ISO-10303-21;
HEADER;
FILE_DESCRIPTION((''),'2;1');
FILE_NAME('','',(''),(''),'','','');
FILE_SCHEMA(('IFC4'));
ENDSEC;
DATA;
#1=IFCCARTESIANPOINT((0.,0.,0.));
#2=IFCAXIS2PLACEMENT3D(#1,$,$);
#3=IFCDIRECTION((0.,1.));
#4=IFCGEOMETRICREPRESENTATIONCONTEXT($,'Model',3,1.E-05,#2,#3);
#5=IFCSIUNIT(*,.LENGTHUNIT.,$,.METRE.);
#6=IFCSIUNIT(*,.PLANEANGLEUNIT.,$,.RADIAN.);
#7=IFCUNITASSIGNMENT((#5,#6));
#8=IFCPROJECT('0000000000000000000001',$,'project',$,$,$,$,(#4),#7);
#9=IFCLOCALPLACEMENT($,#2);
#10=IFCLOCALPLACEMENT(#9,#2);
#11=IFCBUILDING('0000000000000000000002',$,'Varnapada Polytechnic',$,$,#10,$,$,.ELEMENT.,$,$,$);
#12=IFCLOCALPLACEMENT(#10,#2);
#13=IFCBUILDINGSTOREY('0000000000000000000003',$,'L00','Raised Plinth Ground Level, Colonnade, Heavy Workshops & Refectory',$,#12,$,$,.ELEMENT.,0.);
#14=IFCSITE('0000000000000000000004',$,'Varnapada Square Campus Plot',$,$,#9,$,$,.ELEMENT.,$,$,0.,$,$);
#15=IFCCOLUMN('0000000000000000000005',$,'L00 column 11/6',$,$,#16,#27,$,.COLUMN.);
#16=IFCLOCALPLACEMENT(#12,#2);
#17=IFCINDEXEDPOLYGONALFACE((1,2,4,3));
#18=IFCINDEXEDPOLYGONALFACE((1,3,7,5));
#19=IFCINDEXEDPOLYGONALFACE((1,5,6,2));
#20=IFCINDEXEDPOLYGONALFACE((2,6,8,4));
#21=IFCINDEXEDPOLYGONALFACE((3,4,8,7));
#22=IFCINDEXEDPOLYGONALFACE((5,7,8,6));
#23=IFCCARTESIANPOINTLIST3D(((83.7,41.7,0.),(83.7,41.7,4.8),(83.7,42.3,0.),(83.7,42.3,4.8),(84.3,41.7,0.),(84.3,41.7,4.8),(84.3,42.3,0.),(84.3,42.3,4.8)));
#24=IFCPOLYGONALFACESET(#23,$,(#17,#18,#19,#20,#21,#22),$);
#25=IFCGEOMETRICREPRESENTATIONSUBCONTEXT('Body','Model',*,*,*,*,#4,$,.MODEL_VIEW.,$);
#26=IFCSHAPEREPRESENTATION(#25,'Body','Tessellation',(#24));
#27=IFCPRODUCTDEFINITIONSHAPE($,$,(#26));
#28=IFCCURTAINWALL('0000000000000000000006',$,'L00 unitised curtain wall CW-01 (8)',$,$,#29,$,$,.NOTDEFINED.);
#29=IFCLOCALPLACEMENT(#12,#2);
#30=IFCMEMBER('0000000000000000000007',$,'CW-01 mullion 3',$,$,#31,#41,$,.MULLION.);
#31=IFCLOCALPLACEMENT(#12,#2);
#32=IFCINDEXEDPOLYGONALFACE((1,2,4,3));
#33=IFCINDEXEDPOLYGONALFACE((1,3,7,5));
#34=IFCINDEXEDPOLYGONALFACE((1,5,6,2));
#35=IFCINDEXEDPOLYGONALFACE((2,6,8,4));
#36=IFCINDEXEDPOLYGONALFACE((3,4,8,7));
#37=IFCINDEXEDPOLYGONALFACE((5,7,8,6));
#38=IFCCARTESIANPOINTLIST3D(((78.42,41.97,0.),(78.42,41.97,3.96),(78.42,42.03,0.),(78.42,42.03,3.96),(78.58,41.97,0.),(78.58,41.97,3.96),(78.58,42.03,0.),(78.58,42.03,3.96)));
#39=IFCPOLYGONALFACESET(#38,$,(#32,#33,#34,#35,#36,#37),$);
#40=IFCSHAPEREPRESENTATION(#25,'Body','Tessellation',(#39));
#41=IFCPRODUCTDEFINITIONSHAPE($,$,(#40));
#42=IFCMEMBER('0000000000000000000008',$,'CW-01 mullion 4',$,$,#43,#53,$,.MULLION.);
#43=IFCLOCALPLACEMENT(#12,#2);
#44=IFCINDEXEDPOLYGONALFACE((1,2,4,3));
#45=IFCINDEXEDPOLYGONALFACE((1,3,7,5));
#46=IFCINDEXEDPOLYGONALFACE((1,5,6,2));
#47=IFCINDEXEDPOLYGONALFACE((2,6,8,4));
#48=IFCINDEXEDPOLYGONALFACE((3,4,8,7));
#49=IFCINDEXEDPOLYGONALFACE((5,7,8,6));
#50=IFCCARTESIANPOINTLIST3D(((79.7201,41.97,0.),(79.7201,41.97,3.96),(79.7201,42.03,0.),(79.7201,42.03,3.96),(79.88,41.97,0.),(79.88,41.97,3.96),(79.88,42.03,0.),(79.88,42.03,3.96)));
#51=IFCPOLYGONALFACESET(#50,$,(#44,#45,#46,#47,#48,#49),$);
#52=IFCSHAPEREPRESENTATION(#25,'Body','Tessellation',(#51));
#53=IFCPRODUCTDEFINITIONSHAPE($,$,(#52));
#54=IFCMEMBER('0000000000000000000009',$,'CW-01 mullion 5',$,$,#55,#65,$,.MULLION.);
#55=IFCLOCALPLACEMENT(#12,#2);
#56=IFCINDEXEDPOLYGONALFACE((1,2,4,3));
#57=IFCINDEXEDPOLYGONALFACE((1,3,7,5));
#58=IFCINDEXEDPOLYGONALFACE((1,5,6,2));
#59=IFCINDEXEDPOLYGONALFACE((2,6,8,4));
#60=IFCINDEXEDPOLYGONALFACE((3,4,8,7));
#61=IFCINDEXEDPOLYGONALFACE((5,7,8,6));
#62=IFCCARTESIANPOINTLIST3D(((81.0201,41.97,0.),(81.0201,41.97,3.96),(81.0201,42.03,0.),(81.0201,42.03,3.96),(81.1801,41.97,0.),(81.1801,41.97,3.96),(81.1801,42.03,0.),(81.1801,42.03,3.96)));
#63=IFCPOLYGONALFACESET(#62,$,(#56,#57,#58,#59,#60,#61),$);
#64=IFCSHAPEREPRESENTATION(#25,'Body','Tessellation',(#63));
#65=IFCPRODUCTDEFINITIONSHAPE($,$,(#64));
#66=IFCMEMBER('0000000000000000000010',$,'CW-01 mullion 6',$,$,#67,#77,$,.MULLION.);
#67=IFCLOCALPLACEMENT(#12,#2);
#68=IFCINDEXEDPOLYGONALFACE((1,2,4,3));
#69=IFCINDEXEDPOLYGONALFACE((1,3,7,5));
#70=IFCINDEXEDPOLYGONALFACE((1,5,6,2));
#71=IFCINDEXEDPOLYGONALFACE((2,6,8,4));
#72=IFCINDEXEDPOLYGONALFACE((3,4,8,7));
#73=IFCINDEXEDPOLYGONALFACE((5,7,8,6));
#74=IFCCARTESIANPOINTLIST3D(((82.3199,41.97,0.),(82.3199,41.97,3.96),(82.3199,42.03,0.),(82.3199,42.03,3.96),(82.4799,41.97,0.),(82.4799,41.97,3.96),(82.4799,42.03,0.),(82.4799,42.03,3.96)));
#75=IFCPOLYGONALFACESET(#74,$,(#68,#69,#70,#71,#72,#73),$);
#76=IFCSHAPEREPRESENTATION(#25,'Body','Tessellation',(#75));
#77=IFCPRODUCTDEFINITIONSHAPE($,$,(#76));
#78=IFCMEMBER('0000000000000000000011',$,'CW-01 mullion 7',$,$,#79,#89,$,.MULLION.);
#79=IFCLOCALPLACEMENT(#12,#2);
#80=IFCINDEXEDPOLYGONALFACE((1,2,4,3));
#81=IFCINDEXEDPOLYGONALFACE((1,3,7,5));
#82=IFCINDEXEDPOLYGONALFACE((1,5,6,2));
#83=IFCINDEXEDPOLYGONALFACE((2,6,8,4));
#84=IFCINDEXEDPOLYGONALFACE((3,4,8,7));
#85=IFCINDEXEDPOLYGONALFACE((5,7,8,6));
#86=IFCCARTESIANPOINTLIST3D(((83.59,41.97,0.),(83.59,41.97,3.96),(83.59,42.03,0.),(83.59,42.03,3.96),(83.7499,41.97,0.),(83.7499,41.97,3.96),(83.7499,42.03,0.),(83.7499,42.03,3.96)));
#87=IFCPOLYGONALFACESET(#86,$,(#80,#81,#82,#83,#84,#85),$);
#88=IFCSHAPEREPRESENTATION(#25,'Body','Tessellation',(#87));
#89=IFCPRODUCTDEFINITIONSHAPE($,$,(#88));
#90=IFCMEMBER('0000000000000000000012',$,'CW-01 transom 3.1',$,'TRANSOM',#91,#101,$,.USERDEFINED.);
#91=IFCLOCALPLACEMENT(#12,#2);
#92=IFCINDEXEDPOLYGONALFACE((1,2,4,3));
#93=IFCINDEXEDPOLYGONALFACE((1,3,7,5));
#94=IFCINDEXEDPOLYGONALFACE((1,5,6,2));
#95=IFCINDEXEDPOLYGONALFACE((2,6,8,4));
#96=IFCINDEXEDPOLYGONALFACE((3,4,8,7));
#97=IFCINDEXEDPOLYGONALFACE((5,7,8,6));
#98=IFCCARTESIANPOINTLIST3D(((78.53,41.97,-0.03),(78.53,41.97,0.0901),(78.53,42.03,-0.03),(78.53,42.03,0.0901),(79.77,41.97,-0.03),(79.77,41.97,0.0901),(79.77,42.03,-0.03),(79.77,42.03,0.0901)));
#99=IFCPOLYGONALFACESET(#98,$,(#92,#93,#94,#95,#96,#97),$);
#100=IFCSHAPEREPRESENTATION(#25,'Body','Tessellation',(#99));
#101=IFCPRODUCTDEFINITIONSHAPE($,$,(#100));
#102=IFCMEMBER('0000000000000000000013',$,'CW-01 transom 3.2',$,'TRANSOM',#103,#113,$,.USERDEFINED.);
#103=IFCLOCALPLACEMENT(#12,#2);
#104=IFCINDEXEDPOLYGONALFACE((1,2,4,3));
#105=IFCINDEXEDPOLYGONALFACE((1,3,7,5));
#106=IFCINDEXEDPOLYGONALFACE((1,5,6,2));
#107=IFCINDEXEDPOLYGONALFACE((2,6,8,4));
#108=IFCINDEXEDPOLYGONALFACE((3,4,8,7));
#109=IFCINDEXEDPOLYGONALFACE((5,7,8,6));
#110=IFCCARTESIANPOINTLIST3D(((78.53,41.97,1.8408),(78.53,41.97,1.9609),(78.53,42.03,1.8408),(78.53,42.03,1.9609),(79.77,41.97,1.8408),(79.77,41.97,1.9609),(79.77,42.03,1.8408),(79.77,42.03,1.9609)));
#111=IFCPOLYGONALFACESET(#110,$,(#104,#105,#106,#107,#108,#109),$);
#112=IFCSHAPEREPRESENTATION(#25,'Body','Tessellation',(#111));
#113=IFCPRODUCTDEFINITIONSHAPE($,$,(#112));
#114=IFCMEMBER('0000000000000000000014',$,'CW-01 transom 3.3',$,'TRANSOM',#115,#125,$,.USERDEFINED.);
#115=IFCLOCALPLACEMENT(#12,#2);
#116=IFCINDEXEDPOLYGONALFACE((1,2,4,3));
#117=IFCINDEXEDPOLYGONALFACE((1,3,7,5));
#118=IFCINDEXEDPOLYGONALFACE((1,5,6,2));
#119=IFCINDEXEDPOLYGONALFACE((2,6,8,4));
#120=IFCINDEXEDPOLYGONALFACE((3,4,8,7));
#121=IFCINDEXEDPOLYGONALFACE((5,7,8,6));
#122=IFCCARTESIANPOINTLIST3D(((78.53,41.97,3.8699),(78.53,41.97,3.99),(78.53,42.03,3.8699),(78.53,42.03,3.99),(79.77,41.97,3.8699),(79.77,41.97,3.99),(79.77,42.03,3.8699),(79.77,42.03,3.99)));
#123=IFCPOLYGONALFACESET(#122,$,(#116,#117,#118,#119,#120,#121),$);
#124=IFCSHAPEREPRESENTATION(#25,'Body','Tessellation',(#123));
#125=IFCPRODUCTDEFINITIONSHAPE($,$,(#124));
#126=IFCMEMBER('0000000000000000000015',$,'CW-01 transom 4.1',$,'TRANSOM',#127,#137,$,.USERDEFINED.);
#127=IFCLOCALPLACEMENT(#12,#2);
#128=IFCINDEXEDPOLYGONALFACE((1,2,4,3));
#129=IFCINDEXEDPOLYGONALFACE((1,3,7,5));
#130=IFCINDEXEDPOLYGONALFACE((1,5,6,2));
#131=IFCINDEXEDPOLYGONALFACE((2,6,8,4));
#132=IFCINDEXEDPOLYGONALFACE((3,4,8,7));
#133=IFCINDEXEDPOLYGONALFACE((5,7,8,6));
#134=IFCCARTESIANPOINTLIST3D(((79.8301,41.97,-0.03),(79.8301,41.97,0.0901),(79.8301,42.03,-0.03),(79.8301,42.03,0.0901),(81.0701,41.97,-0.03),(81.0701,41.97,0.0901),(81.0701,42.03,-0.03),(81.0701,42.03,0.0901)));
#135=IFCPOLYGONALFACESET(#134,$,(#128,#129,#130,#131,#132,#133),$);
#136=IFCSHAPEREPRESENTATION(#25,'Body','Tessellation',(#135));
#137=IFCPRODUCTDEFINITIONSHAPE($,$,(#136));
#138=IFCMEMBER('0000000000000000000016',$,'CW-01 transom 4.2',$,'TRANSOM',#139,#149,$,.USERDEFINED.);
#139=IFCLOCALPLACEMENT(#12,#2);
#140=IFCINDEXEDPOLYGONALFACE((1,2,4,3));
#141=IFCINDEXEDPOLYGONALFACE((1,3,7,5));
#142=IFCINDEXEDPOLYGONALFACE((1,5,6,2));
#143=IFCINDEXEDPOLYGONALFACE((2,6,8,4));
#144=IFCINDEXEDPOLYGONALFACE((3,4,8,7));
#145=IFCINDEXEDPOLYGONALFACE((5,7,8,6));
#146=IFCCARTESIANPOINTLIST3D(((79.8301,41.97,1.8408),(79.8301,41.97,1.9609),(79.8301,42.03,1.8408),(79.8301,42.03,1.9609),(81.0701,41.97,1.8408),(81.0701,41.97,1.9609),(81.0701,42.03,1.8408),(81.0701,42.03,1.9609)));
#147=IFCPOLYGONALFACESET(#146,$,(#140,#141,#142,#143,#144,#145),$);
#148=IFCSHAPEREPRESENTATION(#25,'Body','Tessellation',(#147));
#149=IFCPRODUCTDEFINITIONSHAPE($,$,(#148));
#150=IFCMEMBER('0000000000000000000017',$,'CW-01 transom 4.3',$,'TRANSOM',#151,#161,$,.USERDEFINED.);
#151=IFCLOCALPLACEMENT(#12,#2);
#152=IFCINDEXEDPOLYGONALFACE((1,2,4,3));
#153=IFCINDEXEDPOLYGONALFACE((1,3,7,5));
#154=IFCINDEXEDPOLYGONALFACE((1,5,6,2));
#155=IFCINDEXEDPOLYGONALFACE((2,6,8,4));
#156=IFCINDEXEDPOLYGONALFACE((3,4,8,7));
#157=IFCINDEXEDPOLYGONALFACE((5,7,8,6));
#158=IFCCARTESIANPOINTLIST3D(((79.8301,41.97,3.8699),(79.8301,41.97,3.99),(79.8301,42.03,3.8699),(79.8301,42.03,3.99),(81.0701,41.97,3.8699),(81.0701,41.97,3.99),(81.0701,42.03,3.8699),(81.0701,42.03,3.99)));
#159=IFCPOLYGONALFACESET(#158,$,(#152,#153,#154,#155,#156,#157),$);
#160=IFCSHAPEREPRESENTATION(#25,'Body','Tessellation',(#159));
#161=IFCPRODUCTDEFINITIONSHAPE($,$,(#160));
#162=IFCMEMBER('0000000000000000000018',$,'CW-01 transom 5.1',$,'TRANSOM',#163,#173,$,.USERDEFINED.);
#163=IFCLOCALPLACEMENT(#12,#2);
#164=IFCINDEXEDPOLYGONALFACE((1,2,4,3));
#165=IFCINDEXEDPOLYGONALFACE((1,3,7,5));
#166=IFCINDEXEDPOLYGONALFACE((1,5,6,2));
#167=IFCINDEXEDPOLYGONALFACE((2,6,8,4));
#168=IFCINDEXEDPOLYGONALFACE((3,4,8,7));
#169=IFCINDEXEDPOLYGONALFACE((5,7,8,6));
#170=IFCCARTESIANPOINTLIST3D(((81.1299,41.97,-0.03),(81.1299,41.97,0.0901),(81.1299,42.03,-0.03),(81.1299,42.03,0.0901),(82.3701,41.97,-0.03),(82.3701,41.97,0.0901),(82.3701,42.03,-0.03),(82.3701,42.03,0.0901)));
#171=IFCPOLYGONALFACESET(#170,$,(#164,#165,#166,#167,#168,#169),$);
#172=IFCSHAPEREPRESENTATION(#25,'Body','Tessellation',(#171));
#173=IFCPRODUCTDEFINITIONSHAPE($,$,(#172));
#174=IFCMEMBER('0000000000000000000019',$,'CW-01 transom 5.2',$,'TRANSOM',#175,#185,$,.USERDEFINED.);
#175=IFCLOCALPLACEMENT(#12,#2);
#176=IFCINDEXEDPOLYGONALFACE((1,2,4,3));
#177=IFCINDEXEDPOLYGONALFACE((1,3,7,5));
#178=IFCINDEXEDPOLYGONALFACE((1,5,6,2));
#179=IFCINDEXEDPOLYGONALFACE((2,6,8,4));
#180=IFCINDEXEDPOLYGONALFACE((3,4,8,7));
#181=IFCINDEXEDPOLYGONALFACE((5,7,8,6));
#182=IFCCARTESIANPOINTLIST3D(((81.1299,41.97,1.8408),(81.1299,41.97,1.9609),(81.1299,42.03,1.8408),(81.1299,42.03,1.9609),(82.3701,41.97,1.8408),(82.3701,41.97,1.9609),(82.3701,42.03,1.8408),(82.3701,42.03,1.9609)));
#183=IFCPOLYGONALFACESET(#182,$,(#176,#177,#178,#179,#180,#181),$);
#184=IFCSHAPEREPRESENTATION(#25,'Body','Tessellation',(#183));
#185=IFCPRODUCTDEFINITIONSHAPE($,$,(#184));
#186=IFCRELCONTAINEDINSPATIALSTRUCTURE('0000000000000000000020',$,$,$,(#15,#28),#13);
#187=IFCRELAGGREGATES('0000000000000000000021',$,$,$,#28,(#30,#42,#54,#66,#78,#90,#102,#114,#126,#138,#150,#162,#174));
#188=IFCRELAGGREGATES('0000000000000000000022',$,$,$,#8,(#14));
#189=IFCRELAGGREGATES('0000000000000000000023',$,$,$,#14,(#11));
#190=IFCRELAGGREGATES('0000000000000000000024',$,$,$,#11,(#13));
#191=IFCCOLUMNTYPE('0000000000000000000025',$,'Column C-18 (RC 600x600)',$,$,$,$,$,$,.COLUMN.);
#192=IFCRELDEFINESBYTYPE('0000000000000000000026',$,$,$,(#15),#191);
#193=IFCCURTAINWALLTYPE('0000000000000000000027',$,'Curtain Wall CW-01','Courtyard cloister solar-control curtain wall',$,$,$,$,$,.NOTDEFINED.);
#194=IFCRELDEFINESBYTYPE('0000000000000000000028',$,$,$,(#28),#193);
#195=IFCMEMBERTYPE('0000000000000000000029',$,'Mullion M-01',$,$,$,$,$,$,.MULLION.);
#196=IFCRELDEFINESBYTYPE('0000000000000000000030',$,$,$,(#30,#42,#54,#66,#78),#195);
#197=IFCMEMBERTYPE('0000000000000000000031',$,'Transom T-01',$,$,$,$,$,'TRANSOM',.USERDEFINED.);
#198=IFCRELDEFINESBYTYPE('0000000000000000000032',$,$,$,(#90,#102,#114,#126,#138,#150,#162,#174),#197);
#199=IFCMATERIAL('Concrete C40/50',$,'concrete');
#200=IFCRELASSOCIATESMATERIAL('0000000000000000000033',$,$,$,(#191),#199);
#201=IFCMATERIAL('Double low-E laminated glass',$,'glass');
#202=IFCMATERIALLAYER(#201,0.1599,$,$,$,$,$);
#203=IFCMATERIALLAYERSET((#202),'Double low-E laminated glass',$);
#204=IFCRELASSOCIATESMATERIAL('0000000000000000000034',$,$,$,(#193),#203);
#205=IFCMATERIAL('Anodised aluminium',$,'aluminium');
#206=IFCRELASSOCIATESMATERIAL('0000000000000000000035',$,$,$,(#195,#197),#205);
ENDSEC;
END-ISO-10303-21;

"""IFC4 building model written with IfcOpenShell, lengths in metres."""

from ifc_helpers import new_model, si_unit, direction, frame, origin, origin_2d, place, context, subcontext, project, spatial, rectangle, extrude, material, layer, layer_set, material_profile, profile_set, type_object, element, aggregate, save


model = new_model("IFC4")

# Units and contexts
model_context = context("Model", 3, precision=1e-05, world=origin(), true_north=direction((0.0, 1.0)))
body_context = subcontext(model_context, "Body", "Model", "MODEL_VIEW")
ifc_project = project(units=[si_unit("LENGTHUNIT", "METRE"), si_unit("PLANEANGLEUNIT", "RADIAN")], contexts=[model_context])

# Site, building, storey
site_placement = place(None, origin())
site = spatial("IfcSite", under=ifc_project, at=site_placement, Name="Varnapada Square Campus Plot", CompositionType="ELEMENT", RefElevation=0.0)
building_placement = place(site_placement, origin())
building = spatial("IfcBuilding", under=site, at=building_placement, Name="Varnapada Polytechnic", CompositionType="ELEMENT")
storey_placement = place(building_placement, origin())
storey = spatial("IfcBuildingStorey", under=building, at=storey_placement, Name="L00", Description="Raised Plinth Ground Level, Colonnade, Heavy Workshops & Refectory", CompositionType="ELEMENT", Elevation=0.0)

# Column
ifc_material_1 = material(Name="Concrete C40/50", Category="concrete")
ifc_material_profile_1 = material_profile(ifc_material_1, rectangle(XDim=0.6001, YDim=0.6001, at=origin_2d()), Name="RC 600x600")
ifc_profile_set_1 = profile_set([ifc_material_profile_1], Name="Concrete C40/50")
column_type = type_object("IfcColumnType", Name="Column C-18 (RC 600x600)", PredefinedType="COLUMN", material=ifc_profile_set_1)
column_placement = place(storey_placement, frame((84.0, 42.0, 0.0), z_axis=(0.0, 0.0, 1.0), x_axis=(1.0, 0.0, 0.0)))
element("IfcColumn", 1, at=column_placement, inside=storey, type_object=column_type, Name="L00 column 11/6", PredefinedType="COLUMN", context=body_context, shape_type="SweptSolid", body=[
    extrude(rectangle(XDim=0.6001, YDim=0.6001, at=origin_2d()), origin(), (0.0, 0.0, 1.0), 4.8),
])

# Curtain wall, members
ifc_material_2 = material(Name="Double low-E laminated glass", Category="glass")
ifc_layer_1 = layer(ifc_material_2, 0.1599)
ifc_layer_set_1 = layer_set([ifc_layer_1], Name="Double low-E laminated glass")
curtain_wall_type = type_object("IfcCurtainWallType", Name="Curtain Wall CW-01", Description="Courtyard cloister solar-control curtain wall", PredefinedType="NOTDEFINED", material=ifc_layer_set_1)
curtain_wall_placement = place(storey_placement, origin())
curtain_wall = element("IfcCurtainWall", 2, at=curtain_wall_placement, inside=storey, type_object=curtain_wall_type, Name="L00 unitised curtain wall CW-01 (8)", PredefinedType="NOTDEFINED")
ifc_material_3 = material(Name="Anodised aluminium", Category="aluminium")
ifc_material_profile_2 = material_profile(ifc_material_3, rectangle(XDim=0.0601, YDim=0.1599, at=origin_2d()), Name="ALU M60x160")
ifc_profile_set_2 = profile_set([ifc_material_profile_2], Name="Anodised aluminium")
member_type_1 = type_object("IfcMemberType", Name="Mullion M-01", PredefinedType="MULLION", material=ifc_profile_set_2)
member_1_placement = place(storey_placement, frame((78.5, 42.0, 0.0), z_axis=(0.0, 0.0, 1.0), x_axis=(0.0, 1.0, 0.0)))
member_1 = element("IfcMember", 3, at=member_1_placement, type_object=member_type_1, Name="CW-01 mullion 3", PredefinedType="MULLION", context=body_context, shape_type="SweptSolid", body=[
    extrude(rectangle(XDim=0.0601, YDim=0.1599, at=origin_2d()), origin(), (0.0, 0.0, 1.0), 3.96),
])
member_2_placement = place(storey_placement, frame((79.8, 42.0, 0.0), z_axis=(0.0, 0.0, 1.0), x_axis=(0.0, 1.0, 0.0)))
member_2 = element("IfcMember", 4, at=member_2_placement, type_object=member_type_1, Name="CW-01 mullion 4", PredefinedType="MULLION", context=body_context, shape_type="SweptSolid", body=[
    extrude(rectangle(XDim=0.0601, YDim=0.1599, at=origin_2d()), origin(), (0.0, 0.0, 1.0), 3.96),
])
member_3_placement = place(storey_placement, frame((81.1001, 42.0, 0.0), z_axis=(0.0, 0.0, 1.0), x_axis=(0.0, 1.0, 0.0)))
member_3 = element("IfcMember", 5, at=member_3_placement, type_object=member_type_1, Name="CW-01 mullion 5", PredefinedType="MULLION", context=body_context, shape_type="SweptSolid", body=[
    extrude(rectangle(XDim=0.0601, YDim=0.1599, at=origin_2d()), origin(), (0.0, 0.0, 1.0), 3.96),
])
member_4_placement = place(storey_placement, frame((82.3999, 42.0, 0.0), z_axis=(0.0, 0.0, 1.0), x_axis=(0.0, 1.0, 0.0)))
member_4 = element("IfcMember", 6, at=member_4_placement, type_object=member_type_1, Name="CW-01 mullion 6", PredefinedType="MULLION", context=body_context, shape_type="SweptSolid", body=[
    extrude(rectangle(XDim=0.0601, YDim=0.1599, at=origin_2d()), origin(), (0.0, 0.0, 1.0), 3.96),
])
member_5_placement = place(storey_placement, frame((83.6699, 42.0, 0.0), z_axis=(0.0, 0.0, 1.0), x_axis=(0.0, 1.0, 0.0)))
member_5 = element("IfcMember", 7, at=member_5_placement, type_object=member_type_1, Name="CW-01 mullion 7", PredefinedType="MULLION", context=body_context, shape_type="SweptSolid", body=[
    extrude(rectangle(XDim=0.0601, YDim=0.1599, at=origin_2d()), origin(), (0.0, 0.0, 1.0), 3.96),
])
ifc_material_profile_3 = material_profile(ifc_material_3, rectangle(XDim=0.0601, YDim=0.1201, at=origin_2d()), Name="ALU T60x120")
ifc_profile_set_3 = profile_set([ifc_material_profile_3], Name="Anodised aluminium")
member_type_2 = type_object("IfcMemberType", Name="Transom T-01", ElementType="TRANSOM", PredefinedType="USERDEFINED", material=ifc_profile_set_3)
member_6_placement = place(storey_placement, frame((78.53, 42.0, 0.03), z_axis=(1.0, 0.0, 0.0), x_axis=(0.0, 1.0, 0.0)))
member_6 = element("IfcMember", 8, at=member_6_placement, type_object=member_type_2, Name="CW-01 transom 3.1", ObjectType="TRANSOM", PredefinedType="USERDEFINED", context=body_context, shape_type="SweptSolid", body=[
    extrude(rectangle(XDim=0.0601, YDim=0.1201, at=origin_2d()), origin(), (0.0, 0.0, 1.0), 1.24),
])
member_7_placement = place(storey_placement, frame((78.53, 42.0, 1.9009), z_axis=(1.0, 0.0, 0.0), x_axis=(0.0, 1.0, 0.0)))
member_7 = element("IfcMember", 9, at=member_7_placement, type_object=member_type_2, Name="CW-01 transom 3.2", ObjectType="TRANSOM", PredefinedType="USERDEFINED", context=body_context, shape_type="SweptSolid", body=[
    extrude(rectangle(XDim=0.0601, YDim=0.1201, at=origin_2d()), origin(), (0.0, 0.0, 1.0), 1.24),
])
member_8_placement = place(storey_placement, frame((78.53, 42.0, 3.9299), z_axis=(1.0, 0.0, 0.0), x_axis=(0.0, 1.0, 0.0)))
member_8 = element("IfcMember", 10, at=member_8_placement, type_object=member_type_2, Name="CW-01 transom 3.3", ObjectType="TRANSOM", PredefinedType="USERDEFINED", context=body_context, shape_type="SweptSolid", body=[
    extrude(rectangle(XDim=0.0601, YDim=0.1201, at=origin_2d()), origin(), (0.0, 0.0, 1.0), 1.24),
])
member_9_placement = place(storey_placement, frame((79.8301, 42.0, 0.03), z_axis=(1.0, 0.0, 0.0), x_axis=(0.0, 1.0, 0.0)))
member_9 = element("IfcMember", 11, at=member_9_placement, type_object=member_type_2, Name="CW-01 transom 4.1", ObjectType="TRANSOM", PredefinedType="USERDEFINED", context=body_context, shape_type="SweptSolid", body=[
    extrude(rectangle(XDim=0.0601, YDim=0.1201, at=origin_2d()), origin(), (0.0, 0.0, 1.0), 1.24),
])
member_10_placement = place(storey_placement, frame((79.8301, 42.0, 1.9009), z_axis=(1.0, 0.0, 0.0), x_axis=(0.0, 1.0, 0.0)))
member_10 = element("IfcMember", 12, at=member_10_placement, type_object=member_type_2, Name="CW-01 transom 4.2", ObjectType="TRANSOM", PredefinedType="USERDEFINED", context=body_context, shape_type="SweptSolid", body=[
    extrude(rectangle(XDim=0.0601, YDim=0.1201, at=origin_2d()), origin(), (0.0, 0.0, 1.0), 1.24),
])
member_11_placement = place(storey_placement, frame((79.8301, 42.0, 3.9299), z_axis=(1.0, 0.0, 0.0), x_axis=(0.0, 1.0, 0.0)))
member_11 = element("IfcMember", 13, at=member_11_placement, type_object=member_type_2, Name="CW-01 transom 4.3", ObjectType="TRANSOM", PredefinedType="USERDEFINED", context=body_context, shape_type="SweptSolid", body=[
    extrude(rectangle(XDim=0.0601, YDim=0.1201, at=origin_2d()), origin(), (0.0, 0.0, 1.0), 1.24),
])
member_12_placement = place(storey_placement, frame((81.1299, 42.0, 0.03), z_axis=(1.0, 0.0, 0.0), x_axis=(0.0, 1.0, 0.0)))
member_12 = element("IfcMember", 14, at=member_12_placement, type_object=member_type_2, Name="CW-01 transom 5.1", ObjectType="TRANSOM", PredefinedType="USERDEFINED", context=body_context, shape_type="SweptSolid", body=[
    extrude(rectangle(XDim=0.0601, YDim=0.1201, at=origin_2d()), origin(), (0.0, 0.0, 1.0), 1.2402),
])
member_13_placement = place(storey_placement, frame((81.1299, 42.0, 1.9009), z_axis=(1.0, 0.0, 0.0), x_axis=(0.0, 1.0, 0.0)))
member_13 = element("IfcMember", 15, at=member_13_placement, type_object=member_type_2, Name="CW-01 transom 5.2", ObjectType="TRANSOM", PredefinedType="USERDEFINED", context=body_context, shape_type="SweptSolid", body=[
    extrude(rectangle(XDim=0.0601, YDim=0.1201, at=origin_2d()), origin(), (0.0, 0.0, 1.0), 1.2402),
])

aggregate(curtain_wall, [member_1, member_2, member_3, member_4, member_5, member_6, member_7, member_8, member_9, member_10, member_11, member_12, member_13])

save(model, "model.ifc")
